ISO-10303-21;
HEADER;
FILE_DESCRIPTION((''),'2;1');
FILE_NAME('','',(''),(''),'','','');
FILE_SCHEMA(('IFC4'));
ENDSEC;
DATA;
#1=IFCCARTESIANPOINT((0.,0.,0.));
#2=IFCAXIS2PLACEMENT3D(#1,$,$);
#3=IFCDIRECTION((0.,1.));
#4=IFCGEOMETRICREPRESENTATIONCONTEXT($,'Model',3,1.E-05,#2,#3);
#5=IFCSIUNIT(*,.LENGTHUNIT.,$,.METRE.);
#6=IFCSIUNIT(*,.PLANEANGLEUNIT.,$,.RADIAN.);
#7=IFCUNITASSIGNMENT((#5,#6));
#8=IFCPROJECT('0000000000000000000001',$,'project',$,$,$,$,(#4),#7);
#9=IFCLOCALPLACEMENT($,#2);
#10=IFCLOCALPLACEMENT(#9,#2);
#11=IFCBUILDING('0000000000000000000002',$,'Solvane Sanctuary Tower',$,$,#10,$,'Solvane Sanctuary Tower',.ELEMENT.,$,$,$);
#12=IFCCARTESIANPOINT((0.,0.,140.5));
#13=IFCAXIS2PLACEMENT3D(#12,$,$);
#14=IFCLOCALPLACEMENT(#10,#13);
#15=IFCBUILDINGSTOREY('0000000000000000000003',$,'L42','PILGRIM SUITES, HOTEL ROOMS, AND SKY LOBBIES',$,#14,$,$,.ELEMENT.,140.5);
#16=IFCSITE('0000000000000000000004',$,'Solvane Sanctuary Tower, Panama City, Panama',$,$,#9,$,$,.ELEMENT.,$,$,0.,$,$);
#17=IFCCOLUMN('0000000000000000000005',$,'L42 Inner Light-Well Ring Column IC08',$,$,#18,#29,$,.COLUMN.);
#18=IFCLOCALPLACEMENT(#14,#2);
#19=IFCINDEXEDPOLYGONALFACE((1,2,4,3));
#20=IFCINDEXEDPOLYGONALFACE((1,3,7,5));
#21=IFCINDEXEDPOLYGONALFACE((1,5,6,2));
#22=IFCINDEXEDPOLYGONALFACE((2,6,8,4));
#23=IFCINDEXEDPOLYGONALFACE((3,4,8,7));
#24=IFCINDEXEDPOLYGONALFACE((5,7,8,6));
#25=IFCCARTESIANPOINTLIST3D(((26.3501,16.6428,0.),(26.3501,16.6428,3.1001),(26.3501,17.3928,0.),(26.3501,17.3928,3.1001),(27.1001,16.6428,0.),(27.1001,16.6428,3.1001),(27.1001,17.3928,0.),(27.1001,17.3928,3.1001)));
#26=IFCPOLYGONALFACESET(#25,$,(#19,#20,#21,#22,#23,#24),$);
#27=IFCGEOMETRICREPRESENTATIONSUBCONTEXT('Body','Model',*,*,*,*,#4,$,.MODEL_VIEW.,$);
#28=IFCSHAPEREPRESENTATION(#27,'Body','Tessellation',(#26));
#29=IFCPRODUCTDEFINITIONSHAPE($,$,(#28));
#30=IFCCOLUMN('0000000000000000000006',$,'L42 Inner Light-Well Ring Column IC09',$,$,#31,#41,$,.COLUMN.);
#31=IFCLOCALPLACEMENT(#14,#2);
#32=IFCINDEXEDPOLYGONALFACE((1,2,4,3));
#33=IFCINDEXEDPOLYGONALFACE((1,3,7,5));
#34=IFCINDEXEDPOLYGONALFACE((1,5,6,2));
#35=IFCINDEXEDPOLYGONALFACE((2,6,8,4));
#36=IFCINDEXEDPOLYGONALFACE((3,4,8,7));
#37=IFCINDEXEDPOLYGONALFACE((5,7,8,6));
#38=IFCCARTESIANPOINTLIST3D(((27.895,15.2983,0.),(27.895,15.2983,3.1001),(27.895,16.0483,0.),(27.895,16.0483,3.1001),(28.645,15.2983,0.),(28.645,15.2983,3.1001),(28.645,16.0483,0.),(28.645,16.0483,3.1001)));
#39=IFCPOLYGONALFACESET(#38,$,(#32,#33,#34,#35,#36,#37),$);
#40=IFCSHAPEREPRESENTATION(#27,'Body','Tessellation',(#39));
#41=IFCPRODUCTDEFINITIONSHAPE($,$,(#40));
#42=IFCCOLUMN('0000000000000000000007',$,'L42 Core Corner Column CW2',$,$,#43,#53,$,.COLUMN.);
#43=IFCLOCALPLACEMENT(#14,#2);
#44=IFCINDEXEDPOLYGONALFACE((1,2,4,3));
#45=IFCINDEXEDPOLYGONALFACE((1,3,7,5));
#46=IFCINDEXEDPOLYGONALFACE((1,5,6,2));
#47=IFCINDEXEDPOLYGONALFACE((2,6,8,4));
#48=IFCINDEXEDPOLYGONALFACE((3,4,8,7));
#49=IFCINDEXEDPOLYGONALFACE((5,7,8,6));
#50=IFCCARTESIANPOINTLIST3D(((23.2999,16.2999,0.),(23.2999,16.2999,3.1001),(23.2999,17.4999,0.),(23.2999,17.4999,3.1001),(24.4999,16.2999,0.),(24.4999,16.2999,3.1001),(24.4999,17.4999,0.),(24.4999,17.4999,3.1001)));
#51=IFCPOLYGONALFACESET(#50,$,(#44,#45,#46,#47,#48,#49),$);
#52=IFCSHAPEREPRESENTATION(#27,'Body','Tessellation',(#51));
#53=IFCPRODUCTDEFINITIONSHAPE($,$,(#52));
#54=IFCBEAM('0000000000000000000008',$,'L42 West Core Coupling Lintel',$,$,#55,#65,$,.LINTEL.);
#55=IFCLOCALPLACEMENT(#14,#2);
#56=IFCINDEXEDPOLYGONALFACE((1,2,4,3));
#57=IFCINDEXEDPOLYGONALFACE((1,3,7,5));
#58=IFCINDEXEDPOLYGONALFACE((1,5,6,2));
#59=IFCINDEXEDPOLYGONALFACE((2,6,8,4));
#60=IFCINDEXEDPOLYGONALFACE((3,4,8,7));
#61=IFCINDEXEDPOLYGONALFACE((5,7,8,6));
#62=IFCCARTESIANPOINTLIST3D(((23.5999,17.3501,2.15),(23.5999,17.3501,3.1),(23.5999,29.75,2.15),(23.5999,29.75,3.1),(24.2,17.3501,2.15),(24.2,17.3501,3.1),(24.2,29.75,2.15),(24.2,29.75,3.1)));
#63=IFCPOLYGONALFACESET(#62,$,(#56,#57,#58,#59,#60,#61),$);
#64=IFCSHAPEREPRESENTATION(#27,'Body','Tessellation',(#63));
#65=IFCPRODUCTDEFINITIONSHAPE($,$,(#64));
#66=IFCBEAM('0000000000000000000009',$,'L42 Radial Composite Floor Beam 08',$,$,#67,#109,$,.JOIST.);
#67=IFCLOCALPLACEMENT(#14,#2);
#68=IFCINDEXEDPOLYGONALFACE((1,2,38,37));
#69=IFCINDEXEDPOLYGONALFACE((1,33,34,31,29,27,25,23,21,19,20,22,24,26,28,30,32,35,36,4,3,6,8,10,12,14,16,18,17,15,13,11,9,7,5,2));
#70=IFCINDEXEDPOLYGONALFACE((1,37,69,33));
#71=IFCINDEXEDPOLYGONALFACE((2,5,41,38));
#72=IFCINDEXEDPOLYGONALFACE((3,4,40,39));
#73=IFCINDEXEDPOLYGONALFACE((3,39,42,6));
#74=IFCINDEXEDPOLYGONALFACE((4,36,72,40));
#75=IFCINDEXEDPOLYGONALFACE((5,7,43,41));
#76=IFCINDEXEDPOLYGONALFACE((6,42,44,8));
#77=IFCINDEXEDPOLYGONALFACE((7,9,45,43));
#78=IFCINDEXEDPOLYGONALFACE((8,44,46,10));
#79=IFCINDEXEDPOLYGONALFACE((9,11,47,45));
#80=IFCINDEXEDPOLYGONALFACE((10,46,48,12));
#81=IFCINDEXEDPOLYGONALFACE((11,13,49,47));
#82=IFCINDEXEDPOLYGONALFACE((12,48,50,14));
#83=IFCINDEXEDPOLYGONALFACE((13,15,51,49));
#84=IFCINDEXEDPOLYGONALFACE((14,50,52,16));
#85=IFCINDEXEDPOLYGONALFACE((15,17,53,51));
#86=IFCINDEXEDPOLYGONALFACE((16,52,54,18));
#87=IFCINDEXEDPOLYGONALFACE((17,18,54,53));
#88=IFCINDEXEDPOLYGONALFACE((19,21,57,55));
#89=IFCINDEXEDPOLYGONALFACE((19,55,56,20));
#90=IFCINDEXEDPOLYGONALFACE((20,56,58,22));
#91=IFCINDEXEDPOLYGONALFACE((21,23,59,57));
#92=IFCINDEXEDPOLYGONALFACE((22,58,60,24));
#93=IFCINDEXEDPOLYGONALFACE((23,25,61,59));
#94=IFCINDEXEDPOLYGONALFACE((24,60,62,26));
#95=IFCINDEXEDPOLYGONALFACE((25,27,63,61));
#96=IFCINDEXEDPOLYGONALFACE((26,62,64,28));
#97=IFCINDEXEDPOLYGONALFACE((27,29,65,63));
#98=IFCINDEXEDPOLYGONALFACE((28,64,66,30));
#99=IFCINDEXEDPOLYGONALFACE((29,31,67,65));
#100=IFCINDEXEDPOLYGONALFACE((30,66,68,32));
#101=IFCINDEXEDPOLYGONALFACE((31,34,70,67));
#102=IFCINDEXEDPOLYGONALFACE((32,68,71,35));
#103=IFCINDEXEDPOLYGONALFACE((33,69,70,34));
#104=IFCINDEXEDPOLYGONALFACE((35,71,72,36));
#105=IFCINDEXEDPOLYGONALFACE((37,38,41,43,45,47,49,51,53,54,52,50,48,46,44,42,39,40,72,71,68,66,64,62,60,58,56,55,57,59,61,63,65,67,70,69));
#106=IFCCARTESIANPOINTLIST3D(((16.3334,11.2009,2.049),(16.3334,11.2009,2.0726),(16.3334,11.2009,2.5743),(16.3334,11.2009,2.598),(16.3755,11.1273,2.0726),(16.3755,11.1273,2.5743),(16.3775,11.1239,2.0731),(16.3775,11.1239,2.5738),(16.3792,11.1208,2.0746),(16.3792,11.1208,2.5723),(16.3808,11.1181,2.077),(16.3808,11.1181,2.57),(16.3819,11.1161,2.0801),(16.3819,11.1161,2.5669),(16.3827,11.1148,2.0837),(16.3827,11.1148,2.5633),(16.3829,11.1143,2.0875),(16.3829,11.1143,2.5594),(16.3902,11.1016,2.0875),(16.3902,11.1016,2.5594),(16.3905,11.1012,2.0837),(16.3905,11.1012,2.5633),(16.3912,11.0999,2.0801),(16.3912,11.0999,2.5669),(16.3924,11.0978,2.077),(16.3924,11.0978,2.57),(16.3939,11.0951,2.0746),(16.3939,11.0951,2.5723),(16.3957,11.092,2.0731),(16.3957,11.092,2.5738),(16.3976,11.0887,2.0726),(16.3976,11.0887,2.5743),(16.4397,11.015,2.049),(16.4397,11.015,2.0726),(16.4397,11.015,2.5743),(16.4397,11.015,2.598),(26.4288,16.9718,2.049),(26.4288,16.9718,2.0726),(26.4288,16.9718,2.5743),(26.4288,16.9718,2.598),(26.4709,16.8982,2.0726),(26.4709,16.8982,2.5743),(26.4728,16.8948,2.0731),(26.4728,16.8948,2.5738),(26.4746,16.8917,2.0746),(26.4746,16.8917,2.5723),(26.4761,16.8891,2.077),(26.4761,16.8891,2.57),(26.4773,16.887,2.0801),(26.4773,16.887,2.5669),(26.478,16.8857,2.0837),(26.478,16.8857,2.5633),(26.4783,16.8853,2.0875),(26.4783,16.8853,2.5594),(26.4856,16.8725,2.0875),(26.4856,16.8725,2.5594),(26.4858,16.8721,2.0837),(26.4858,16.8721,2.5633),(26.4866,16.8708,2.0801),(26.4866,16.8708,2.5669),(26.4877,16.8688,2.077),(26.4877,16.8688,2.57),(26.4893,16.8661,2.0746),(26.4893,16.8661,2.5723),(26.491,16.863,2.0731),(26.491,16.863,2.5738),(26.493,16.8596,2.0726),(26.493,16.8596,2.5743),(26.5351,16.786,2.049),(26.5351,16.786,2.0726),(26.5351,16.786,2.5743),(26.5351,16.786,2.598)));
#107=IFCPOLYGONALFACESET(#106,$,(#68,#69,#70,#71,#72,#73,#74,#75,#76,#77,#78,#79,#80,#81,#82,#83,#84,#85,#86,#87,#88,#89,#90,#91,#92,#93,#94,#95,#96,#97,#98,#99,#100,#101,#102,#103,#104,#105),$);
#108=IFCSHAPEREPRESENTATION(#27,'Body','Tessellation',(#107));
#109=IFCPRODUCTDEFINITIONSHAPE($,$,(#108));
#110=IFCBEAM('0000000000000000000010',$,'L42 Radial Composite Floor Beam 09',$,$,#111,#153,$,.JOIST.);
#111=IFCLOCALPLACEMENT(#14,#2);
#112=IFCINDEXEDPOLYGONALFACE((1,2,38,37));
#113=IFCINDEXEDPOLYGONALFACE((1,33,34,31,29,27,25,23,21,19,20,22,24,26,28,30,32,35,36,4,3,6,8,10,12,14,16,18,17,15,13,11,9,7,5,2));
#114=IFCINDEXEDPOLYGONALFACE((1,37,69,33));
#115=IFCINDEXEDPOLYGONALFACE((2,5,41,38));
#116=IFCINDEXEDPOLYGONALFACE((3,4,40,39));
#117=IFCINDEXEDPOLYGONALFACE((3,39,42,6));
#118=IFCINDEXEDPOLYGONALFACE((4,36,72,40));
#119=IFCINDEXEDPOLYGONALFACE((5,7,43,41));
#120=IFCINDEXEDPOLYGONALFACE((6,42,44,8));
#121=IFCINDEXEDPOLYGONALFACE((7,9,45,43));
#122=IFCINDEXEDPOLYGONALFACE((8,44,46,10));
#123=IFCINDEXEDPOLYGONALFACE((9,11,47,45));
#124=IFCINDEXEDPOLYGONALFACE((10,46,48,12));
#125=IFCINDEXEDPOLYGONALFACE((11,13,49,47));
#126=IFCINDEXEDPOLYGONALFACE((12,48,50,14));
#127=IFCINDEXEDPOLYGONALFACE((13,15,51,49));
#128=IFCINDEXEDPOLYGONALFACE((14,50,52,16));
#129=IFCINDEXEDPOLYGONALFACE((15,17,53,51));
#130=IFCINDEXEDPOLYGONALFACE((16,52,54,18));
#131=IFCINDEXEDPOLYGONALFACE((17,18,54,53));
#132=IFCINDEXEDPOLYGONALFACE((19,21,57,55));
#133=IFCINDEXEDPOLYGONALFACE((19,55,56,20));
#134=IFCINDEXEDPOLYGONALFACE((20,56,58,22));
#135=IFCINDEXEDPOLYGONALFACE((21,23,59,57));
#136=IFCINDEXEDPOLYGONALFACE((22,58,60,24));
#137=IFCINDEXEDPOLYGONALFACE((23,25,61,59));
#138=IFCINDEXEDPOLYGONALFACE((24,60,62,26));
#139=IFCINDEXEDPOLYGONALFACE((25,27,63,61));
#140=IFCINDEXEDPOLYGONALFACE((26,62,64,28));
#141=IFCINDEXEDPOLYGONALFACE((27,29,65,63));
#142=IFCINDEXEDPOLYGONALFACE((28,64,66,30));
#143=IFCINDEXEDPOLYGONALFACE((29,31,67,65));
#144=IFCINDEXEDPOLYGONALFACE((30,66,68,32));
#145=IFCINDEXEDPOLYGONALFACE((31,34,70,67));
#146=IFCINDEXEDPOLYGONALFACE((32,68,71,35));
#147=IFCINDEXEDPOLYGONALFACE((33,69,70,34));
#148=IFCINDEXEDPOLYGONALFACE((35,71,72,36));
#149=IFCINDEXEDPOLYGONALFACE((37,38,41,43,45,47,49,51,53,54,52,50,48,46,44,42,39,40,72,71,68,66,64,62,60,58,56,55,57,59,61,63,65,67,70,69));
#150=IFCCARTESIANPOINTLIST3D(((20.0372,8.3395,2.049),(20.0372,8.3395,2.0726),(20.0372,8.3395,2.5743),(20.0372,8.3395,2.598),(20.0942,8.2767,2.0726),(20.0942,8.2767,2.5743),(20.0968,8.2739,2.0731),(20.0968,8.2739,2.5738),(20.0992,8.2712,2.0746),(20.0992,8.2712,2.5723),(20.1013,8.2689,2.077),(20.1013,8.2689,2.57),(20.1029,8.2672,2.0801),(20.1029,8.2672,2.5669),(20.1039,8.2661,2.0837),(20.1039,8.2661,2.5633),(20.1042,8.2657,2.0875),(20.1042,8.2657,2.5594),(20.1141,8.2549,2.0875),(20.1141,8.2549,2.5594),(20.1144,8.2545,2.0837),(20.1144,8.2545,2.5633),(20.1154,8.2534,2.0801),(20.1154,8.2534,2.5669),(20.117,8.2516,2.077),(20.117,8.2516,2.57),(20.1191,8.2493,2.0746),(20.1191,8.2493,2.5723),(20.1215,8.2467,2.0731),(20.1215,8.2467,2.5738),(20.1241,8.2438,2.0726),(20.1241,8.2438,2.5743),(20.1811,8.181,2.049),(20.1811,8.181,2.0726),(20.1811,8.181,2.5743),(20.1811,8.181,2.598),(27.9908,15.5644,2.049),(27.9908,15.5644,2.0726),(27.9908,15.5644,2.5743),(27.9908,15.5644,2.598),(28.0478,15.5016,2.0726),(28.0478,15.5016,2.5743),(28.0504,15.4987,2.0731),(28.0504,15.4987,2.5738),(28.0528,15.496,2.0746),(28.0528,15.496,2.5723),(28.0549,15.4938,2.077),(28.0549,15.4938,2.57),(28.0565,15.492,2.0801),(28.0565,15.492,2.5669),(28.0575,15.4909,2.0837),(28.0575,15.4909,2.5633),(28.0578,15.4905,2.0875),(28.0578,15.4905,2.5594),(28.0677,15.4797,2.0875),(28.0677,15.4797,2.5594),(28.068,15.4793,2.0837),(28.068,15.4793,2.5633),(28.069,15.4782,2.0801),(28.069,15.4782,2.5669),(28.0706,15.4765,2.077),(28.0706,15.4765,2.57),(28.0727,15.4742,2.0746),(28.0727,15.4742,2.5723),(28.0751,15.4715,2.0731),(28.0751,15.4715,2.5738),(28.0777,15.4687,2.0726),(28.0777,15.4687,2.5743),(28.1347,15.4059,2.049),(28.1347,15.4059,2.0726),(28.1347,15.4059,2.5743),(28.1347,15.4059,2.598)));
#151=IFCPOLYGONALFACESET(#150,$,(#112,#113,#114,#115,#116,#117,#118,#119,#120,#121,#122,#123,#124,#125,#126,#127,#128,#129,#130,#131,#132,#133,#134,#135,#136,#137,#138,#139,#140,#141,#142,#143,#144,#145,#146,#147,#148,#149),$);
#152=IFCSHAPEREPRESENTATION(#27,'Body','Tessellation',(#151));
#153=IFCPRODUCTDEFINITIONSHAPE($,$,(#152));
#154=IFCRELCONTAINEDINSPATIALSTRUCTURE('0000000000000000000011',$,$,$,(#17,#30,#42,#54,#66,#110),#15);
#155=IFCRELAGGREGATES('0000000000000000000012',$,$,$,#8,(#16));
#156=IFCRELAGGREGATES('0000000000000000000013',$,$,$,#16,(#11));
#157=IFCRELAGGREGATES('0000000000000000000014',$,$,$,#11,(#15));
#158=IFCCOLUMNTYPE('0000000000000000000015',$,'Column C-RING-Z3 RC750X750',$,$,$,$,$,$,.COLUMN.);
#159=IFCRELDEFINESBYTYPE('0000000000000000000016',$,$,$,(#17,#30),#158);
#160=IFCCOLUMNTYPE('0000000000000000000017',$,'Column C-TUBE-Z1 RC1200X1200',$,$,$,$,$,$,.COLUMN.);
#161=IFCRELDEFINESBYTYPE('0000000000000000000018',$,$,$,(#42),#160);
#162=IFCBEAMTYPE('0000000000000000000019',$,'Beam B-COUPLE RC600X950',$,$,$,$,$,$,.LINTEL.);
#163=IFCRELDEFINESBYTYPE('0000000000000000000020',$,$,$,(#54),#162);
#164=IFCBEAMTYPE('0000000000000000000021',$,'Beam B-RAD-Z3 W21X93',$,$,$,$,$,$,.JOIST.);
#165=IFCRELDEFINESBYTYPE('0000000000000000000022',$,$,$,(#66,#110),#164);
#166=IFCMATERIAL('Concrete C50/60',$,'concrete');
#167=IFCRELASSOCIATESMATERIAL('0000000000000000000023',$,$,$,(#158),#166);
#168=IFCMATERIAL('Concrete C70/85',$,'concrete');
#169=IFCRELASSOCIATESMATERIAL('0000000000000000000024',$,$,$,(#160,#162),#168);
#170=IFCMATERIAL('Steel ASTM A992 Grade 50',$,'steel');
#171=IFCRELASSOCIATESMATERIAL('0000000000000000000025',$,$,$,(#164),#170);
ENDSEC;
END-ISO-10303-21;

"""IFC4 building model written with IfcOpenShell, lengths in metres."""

from ifc_helpers import new_model, si_unit, direction, frame, origin, origin_2d, place, context, subcontext, project, spatial, rectangle, i_section, extrude, material, material_profile, profile_set, type_object, element, save


model = new_model("IFC4")

# Units and contexts
model_context = context("Model", 3, precision=1e-05, world=origin(), true_north=direction((0.0, 1.0)))
body_context = subcontext(model_context, "Body", "Model", "MODEL_VIEW")
ifc_project = project(units=[si_unit("LENGTHUNIT", "METRE"), si_unit("PLANEANGLEUNIT", "RADIAN")], contexts=[model_context])

# Site, building, storey
site_placement = place(None, origin())
site = spatial("IfcSite", under=ifc_project, at=site_placement, Name="Solvane Sanctuary Tower, Panama City, Panama", CompositionType="ELEMENT", RefElevation=0.0)
building_placement = place(site_placement, origin())
building = spatial("IfcBuilding", under=site, at=building_placement, Name="Solvane Sanctuary Tower", LongName="Solvane Sanctuary Tower", CompositionType="ELEMENT")
storey_placement = place(building_placement, frame((0.0, 0.0, 140.5)))
storey = spatial("IfcBuildingStorey", under=building, at=storey_placement, Name="L42", Description="PILGRIM SUITES, HOTEL ROOMS, AND SKY LOBBIES", CompositionType="ELEMENT", Elevation=140.5)

# Columns
ifc_material_1 = material(Name="Concrete C50/60", Category="concrete")
ifc_material_profile_1 = material_profile(ifc_material_1, rectangle(XDim=0.75, YDim=0.75, at=origin_2d()), Name="RC750X750")
ifc_profile_set_1 = profile_set([ifc_material_profile_1], Name="Concrete C50/60")
column_type_1 = type_object("IfcColumnType", Name="Column C-RING-Z3 RC750X750", PredefinedType="COLUMN", material=ifc_profile_set_1)
for number, where, z_axis, x_axis, name in (
    (1, (26.7251, 17.0178, 0.0), (0.0, 0.0, 1.0), (1.0, 0.0, 0.0), "L42 Inner Light-Well Ring Column IC08"),
    (2, (28.27, 15.6733, 0.0), (0.0, 0.0, 1.0), (1.0, 0.0, 0.0), "L42 Inner Light-Well Ring Column IC09"),
):
    element("IfcColumn", number, at=place(storey_placement, frame(where, z_axis=z_axis, x_axis=x_axis)), inside=storey, type_object=column_type_1, Name=name, PredefinedType="COLUMN", context=body_context, shape_type="SweptSolid", body=[
        extrude(rectangle(XDim=0.75, YDim=0.75, at=origin_2d()), origin(), (0.0, 0.0, 1.0), 3.1001),
    ])
ifc_material_2 = material(Name="Concrete C70/85", Category="concrete")
ifc_material_profile_2 = material_profile(ifc_material_2, rectangle(XDim=1.2, YDim=1.2, at=origin_2d()), Name="RC1200X1200")
ifc_profile_set_2 = profile_set([ifc_material_profile_2], Name="Concrete C70/85")
column_type_2 = type_object("IfcColumnType", Name="Column C-TUBE-Z1 RC1200X1200", PredefinedType="COLUMN", material=ifc_profile_set_2)
column_placement = place(storey_placement, frame((23.8999, 16.8999, 0.0), z_axis=(0.0, 0.0, 1.0), x_axis=(1.0, 0.0, 0.0)))
element("IfcColumn", 3, at=column_placement, inside=storey, type_object=column_type_2, Name="L42 Core Corner Column CW2", PredefinedType="COLUMN", context=body_context, shape_type="SweptSolid", body=[
    extrude(rectangle(XDim=1.2, YDim=1.2, at=origin_2d()), origin(), (0.0, 0.0, 1.0), 3.1001),
])

# Beams
ifc_material_profile_3 = material_profile(ifc_material_2, rectangle(XDim=0.6001, YDim=0.95, at=origin_2d()), Name="RC600X950")
ifc_profile_set_3 = profile_set([ifc_material_profile_3], Name="Concrete C70/85")
beam_type_1 = type_object("IfcBeamType", Name="Beam B-COUPLE RC600X950", PredefinedType="LINTEL", material=ifc_profile_set_3)
beam_1_placement = place(storey_placement, frame((23.8999, 17.3501, 2.625), z_axis=(0.0, 1.0, 0.0), x_axis=(-1.0, 0.0, 0.0)))
element("IfcBeam", 4, at=beam_1_placement, inside=storey, type_object=beam_type_1, Name="L42 West Core Coupling Lintel", PredefinedType="LINTEL", context=body_context, shape_type="SweptSolid", body=[
    extrude(rectangle(XDim=0.6001, YDim=0.95, at=origin_2d()), origin(), (0.0, 0.0, 1.0), 12.3999),
])
ifc_material_3 = material(Name="Steel ASTM A992 Grade 50", Category="steel")
ifc_material_profile_4 = material_profile(ifc_material_3, i_section(OverallWidth=0.2141, OverallDepth=0.5491, WebThickness=0.0146, FlangeThickness=0.0237, FilletRadius=0.0149, at=origin_2d()), Name="W21X93")
ifc_profile_set_4 = profile_set([ifc_material_profile_4], Name="Steel ASTM A992 Grade 50")
beam_type_2 = type_object("IfcBeamType", Name="Beam B-RAD-Z3 W21X93", PredefinedType="JOIST", material=ifc_profile_set_4)
beam_2_placement = place(storey_placement, frame((26.4819, 16.8789, 2.3235), z_axis=(-0.868163, -0.496279, 0.0), x_axis=(0.496279, -0.868163, 0.0)))
element("IfcBeam", 5, at=beam_2_placement, inside=storey, type_object=beam_type_2, Name="L42 Radial Composite Floor Beam 08", PredefinedType="JOIST", context=body_context, shape_type="SweptSolid", body=[
    extrude(i_section(OverallWidth=0.2141, OverallDepth=0.5491, WebThickness=0.0146, FlangeThickness=0.0237, FilletRadius=0.0149, at=origin_2d()), origin(), (0.0, 0.0, 1.0), 11.6284),
])
beam_3_placement = place(storey_placement, frame((28.0627, 15.4851, 2.3235), z_axis=(-0.740204, -0.672382, 0.0), x_axis=(0.672382, -0.740204, 0.0)))
element("IfcBeam", 6, at=beam_3_placement, inside=storey, type_object=beam_type_2, Name="L42 Radial Composite Floor Beam 09", PredefinedType="JOIST", context=body_context, shape_type="SweptSolid", body=[
    extrude(i_section(OverallWidth=0.2141, OverallDepth=0.5491, WebThickness=0.0146, FlangeThickness=0.0237, FilletRadius=0.0149, at=origin_2d()), origin(), (0.0, 0.0, 1.0), 10.7451),
])

save(model, "model.ifc")
